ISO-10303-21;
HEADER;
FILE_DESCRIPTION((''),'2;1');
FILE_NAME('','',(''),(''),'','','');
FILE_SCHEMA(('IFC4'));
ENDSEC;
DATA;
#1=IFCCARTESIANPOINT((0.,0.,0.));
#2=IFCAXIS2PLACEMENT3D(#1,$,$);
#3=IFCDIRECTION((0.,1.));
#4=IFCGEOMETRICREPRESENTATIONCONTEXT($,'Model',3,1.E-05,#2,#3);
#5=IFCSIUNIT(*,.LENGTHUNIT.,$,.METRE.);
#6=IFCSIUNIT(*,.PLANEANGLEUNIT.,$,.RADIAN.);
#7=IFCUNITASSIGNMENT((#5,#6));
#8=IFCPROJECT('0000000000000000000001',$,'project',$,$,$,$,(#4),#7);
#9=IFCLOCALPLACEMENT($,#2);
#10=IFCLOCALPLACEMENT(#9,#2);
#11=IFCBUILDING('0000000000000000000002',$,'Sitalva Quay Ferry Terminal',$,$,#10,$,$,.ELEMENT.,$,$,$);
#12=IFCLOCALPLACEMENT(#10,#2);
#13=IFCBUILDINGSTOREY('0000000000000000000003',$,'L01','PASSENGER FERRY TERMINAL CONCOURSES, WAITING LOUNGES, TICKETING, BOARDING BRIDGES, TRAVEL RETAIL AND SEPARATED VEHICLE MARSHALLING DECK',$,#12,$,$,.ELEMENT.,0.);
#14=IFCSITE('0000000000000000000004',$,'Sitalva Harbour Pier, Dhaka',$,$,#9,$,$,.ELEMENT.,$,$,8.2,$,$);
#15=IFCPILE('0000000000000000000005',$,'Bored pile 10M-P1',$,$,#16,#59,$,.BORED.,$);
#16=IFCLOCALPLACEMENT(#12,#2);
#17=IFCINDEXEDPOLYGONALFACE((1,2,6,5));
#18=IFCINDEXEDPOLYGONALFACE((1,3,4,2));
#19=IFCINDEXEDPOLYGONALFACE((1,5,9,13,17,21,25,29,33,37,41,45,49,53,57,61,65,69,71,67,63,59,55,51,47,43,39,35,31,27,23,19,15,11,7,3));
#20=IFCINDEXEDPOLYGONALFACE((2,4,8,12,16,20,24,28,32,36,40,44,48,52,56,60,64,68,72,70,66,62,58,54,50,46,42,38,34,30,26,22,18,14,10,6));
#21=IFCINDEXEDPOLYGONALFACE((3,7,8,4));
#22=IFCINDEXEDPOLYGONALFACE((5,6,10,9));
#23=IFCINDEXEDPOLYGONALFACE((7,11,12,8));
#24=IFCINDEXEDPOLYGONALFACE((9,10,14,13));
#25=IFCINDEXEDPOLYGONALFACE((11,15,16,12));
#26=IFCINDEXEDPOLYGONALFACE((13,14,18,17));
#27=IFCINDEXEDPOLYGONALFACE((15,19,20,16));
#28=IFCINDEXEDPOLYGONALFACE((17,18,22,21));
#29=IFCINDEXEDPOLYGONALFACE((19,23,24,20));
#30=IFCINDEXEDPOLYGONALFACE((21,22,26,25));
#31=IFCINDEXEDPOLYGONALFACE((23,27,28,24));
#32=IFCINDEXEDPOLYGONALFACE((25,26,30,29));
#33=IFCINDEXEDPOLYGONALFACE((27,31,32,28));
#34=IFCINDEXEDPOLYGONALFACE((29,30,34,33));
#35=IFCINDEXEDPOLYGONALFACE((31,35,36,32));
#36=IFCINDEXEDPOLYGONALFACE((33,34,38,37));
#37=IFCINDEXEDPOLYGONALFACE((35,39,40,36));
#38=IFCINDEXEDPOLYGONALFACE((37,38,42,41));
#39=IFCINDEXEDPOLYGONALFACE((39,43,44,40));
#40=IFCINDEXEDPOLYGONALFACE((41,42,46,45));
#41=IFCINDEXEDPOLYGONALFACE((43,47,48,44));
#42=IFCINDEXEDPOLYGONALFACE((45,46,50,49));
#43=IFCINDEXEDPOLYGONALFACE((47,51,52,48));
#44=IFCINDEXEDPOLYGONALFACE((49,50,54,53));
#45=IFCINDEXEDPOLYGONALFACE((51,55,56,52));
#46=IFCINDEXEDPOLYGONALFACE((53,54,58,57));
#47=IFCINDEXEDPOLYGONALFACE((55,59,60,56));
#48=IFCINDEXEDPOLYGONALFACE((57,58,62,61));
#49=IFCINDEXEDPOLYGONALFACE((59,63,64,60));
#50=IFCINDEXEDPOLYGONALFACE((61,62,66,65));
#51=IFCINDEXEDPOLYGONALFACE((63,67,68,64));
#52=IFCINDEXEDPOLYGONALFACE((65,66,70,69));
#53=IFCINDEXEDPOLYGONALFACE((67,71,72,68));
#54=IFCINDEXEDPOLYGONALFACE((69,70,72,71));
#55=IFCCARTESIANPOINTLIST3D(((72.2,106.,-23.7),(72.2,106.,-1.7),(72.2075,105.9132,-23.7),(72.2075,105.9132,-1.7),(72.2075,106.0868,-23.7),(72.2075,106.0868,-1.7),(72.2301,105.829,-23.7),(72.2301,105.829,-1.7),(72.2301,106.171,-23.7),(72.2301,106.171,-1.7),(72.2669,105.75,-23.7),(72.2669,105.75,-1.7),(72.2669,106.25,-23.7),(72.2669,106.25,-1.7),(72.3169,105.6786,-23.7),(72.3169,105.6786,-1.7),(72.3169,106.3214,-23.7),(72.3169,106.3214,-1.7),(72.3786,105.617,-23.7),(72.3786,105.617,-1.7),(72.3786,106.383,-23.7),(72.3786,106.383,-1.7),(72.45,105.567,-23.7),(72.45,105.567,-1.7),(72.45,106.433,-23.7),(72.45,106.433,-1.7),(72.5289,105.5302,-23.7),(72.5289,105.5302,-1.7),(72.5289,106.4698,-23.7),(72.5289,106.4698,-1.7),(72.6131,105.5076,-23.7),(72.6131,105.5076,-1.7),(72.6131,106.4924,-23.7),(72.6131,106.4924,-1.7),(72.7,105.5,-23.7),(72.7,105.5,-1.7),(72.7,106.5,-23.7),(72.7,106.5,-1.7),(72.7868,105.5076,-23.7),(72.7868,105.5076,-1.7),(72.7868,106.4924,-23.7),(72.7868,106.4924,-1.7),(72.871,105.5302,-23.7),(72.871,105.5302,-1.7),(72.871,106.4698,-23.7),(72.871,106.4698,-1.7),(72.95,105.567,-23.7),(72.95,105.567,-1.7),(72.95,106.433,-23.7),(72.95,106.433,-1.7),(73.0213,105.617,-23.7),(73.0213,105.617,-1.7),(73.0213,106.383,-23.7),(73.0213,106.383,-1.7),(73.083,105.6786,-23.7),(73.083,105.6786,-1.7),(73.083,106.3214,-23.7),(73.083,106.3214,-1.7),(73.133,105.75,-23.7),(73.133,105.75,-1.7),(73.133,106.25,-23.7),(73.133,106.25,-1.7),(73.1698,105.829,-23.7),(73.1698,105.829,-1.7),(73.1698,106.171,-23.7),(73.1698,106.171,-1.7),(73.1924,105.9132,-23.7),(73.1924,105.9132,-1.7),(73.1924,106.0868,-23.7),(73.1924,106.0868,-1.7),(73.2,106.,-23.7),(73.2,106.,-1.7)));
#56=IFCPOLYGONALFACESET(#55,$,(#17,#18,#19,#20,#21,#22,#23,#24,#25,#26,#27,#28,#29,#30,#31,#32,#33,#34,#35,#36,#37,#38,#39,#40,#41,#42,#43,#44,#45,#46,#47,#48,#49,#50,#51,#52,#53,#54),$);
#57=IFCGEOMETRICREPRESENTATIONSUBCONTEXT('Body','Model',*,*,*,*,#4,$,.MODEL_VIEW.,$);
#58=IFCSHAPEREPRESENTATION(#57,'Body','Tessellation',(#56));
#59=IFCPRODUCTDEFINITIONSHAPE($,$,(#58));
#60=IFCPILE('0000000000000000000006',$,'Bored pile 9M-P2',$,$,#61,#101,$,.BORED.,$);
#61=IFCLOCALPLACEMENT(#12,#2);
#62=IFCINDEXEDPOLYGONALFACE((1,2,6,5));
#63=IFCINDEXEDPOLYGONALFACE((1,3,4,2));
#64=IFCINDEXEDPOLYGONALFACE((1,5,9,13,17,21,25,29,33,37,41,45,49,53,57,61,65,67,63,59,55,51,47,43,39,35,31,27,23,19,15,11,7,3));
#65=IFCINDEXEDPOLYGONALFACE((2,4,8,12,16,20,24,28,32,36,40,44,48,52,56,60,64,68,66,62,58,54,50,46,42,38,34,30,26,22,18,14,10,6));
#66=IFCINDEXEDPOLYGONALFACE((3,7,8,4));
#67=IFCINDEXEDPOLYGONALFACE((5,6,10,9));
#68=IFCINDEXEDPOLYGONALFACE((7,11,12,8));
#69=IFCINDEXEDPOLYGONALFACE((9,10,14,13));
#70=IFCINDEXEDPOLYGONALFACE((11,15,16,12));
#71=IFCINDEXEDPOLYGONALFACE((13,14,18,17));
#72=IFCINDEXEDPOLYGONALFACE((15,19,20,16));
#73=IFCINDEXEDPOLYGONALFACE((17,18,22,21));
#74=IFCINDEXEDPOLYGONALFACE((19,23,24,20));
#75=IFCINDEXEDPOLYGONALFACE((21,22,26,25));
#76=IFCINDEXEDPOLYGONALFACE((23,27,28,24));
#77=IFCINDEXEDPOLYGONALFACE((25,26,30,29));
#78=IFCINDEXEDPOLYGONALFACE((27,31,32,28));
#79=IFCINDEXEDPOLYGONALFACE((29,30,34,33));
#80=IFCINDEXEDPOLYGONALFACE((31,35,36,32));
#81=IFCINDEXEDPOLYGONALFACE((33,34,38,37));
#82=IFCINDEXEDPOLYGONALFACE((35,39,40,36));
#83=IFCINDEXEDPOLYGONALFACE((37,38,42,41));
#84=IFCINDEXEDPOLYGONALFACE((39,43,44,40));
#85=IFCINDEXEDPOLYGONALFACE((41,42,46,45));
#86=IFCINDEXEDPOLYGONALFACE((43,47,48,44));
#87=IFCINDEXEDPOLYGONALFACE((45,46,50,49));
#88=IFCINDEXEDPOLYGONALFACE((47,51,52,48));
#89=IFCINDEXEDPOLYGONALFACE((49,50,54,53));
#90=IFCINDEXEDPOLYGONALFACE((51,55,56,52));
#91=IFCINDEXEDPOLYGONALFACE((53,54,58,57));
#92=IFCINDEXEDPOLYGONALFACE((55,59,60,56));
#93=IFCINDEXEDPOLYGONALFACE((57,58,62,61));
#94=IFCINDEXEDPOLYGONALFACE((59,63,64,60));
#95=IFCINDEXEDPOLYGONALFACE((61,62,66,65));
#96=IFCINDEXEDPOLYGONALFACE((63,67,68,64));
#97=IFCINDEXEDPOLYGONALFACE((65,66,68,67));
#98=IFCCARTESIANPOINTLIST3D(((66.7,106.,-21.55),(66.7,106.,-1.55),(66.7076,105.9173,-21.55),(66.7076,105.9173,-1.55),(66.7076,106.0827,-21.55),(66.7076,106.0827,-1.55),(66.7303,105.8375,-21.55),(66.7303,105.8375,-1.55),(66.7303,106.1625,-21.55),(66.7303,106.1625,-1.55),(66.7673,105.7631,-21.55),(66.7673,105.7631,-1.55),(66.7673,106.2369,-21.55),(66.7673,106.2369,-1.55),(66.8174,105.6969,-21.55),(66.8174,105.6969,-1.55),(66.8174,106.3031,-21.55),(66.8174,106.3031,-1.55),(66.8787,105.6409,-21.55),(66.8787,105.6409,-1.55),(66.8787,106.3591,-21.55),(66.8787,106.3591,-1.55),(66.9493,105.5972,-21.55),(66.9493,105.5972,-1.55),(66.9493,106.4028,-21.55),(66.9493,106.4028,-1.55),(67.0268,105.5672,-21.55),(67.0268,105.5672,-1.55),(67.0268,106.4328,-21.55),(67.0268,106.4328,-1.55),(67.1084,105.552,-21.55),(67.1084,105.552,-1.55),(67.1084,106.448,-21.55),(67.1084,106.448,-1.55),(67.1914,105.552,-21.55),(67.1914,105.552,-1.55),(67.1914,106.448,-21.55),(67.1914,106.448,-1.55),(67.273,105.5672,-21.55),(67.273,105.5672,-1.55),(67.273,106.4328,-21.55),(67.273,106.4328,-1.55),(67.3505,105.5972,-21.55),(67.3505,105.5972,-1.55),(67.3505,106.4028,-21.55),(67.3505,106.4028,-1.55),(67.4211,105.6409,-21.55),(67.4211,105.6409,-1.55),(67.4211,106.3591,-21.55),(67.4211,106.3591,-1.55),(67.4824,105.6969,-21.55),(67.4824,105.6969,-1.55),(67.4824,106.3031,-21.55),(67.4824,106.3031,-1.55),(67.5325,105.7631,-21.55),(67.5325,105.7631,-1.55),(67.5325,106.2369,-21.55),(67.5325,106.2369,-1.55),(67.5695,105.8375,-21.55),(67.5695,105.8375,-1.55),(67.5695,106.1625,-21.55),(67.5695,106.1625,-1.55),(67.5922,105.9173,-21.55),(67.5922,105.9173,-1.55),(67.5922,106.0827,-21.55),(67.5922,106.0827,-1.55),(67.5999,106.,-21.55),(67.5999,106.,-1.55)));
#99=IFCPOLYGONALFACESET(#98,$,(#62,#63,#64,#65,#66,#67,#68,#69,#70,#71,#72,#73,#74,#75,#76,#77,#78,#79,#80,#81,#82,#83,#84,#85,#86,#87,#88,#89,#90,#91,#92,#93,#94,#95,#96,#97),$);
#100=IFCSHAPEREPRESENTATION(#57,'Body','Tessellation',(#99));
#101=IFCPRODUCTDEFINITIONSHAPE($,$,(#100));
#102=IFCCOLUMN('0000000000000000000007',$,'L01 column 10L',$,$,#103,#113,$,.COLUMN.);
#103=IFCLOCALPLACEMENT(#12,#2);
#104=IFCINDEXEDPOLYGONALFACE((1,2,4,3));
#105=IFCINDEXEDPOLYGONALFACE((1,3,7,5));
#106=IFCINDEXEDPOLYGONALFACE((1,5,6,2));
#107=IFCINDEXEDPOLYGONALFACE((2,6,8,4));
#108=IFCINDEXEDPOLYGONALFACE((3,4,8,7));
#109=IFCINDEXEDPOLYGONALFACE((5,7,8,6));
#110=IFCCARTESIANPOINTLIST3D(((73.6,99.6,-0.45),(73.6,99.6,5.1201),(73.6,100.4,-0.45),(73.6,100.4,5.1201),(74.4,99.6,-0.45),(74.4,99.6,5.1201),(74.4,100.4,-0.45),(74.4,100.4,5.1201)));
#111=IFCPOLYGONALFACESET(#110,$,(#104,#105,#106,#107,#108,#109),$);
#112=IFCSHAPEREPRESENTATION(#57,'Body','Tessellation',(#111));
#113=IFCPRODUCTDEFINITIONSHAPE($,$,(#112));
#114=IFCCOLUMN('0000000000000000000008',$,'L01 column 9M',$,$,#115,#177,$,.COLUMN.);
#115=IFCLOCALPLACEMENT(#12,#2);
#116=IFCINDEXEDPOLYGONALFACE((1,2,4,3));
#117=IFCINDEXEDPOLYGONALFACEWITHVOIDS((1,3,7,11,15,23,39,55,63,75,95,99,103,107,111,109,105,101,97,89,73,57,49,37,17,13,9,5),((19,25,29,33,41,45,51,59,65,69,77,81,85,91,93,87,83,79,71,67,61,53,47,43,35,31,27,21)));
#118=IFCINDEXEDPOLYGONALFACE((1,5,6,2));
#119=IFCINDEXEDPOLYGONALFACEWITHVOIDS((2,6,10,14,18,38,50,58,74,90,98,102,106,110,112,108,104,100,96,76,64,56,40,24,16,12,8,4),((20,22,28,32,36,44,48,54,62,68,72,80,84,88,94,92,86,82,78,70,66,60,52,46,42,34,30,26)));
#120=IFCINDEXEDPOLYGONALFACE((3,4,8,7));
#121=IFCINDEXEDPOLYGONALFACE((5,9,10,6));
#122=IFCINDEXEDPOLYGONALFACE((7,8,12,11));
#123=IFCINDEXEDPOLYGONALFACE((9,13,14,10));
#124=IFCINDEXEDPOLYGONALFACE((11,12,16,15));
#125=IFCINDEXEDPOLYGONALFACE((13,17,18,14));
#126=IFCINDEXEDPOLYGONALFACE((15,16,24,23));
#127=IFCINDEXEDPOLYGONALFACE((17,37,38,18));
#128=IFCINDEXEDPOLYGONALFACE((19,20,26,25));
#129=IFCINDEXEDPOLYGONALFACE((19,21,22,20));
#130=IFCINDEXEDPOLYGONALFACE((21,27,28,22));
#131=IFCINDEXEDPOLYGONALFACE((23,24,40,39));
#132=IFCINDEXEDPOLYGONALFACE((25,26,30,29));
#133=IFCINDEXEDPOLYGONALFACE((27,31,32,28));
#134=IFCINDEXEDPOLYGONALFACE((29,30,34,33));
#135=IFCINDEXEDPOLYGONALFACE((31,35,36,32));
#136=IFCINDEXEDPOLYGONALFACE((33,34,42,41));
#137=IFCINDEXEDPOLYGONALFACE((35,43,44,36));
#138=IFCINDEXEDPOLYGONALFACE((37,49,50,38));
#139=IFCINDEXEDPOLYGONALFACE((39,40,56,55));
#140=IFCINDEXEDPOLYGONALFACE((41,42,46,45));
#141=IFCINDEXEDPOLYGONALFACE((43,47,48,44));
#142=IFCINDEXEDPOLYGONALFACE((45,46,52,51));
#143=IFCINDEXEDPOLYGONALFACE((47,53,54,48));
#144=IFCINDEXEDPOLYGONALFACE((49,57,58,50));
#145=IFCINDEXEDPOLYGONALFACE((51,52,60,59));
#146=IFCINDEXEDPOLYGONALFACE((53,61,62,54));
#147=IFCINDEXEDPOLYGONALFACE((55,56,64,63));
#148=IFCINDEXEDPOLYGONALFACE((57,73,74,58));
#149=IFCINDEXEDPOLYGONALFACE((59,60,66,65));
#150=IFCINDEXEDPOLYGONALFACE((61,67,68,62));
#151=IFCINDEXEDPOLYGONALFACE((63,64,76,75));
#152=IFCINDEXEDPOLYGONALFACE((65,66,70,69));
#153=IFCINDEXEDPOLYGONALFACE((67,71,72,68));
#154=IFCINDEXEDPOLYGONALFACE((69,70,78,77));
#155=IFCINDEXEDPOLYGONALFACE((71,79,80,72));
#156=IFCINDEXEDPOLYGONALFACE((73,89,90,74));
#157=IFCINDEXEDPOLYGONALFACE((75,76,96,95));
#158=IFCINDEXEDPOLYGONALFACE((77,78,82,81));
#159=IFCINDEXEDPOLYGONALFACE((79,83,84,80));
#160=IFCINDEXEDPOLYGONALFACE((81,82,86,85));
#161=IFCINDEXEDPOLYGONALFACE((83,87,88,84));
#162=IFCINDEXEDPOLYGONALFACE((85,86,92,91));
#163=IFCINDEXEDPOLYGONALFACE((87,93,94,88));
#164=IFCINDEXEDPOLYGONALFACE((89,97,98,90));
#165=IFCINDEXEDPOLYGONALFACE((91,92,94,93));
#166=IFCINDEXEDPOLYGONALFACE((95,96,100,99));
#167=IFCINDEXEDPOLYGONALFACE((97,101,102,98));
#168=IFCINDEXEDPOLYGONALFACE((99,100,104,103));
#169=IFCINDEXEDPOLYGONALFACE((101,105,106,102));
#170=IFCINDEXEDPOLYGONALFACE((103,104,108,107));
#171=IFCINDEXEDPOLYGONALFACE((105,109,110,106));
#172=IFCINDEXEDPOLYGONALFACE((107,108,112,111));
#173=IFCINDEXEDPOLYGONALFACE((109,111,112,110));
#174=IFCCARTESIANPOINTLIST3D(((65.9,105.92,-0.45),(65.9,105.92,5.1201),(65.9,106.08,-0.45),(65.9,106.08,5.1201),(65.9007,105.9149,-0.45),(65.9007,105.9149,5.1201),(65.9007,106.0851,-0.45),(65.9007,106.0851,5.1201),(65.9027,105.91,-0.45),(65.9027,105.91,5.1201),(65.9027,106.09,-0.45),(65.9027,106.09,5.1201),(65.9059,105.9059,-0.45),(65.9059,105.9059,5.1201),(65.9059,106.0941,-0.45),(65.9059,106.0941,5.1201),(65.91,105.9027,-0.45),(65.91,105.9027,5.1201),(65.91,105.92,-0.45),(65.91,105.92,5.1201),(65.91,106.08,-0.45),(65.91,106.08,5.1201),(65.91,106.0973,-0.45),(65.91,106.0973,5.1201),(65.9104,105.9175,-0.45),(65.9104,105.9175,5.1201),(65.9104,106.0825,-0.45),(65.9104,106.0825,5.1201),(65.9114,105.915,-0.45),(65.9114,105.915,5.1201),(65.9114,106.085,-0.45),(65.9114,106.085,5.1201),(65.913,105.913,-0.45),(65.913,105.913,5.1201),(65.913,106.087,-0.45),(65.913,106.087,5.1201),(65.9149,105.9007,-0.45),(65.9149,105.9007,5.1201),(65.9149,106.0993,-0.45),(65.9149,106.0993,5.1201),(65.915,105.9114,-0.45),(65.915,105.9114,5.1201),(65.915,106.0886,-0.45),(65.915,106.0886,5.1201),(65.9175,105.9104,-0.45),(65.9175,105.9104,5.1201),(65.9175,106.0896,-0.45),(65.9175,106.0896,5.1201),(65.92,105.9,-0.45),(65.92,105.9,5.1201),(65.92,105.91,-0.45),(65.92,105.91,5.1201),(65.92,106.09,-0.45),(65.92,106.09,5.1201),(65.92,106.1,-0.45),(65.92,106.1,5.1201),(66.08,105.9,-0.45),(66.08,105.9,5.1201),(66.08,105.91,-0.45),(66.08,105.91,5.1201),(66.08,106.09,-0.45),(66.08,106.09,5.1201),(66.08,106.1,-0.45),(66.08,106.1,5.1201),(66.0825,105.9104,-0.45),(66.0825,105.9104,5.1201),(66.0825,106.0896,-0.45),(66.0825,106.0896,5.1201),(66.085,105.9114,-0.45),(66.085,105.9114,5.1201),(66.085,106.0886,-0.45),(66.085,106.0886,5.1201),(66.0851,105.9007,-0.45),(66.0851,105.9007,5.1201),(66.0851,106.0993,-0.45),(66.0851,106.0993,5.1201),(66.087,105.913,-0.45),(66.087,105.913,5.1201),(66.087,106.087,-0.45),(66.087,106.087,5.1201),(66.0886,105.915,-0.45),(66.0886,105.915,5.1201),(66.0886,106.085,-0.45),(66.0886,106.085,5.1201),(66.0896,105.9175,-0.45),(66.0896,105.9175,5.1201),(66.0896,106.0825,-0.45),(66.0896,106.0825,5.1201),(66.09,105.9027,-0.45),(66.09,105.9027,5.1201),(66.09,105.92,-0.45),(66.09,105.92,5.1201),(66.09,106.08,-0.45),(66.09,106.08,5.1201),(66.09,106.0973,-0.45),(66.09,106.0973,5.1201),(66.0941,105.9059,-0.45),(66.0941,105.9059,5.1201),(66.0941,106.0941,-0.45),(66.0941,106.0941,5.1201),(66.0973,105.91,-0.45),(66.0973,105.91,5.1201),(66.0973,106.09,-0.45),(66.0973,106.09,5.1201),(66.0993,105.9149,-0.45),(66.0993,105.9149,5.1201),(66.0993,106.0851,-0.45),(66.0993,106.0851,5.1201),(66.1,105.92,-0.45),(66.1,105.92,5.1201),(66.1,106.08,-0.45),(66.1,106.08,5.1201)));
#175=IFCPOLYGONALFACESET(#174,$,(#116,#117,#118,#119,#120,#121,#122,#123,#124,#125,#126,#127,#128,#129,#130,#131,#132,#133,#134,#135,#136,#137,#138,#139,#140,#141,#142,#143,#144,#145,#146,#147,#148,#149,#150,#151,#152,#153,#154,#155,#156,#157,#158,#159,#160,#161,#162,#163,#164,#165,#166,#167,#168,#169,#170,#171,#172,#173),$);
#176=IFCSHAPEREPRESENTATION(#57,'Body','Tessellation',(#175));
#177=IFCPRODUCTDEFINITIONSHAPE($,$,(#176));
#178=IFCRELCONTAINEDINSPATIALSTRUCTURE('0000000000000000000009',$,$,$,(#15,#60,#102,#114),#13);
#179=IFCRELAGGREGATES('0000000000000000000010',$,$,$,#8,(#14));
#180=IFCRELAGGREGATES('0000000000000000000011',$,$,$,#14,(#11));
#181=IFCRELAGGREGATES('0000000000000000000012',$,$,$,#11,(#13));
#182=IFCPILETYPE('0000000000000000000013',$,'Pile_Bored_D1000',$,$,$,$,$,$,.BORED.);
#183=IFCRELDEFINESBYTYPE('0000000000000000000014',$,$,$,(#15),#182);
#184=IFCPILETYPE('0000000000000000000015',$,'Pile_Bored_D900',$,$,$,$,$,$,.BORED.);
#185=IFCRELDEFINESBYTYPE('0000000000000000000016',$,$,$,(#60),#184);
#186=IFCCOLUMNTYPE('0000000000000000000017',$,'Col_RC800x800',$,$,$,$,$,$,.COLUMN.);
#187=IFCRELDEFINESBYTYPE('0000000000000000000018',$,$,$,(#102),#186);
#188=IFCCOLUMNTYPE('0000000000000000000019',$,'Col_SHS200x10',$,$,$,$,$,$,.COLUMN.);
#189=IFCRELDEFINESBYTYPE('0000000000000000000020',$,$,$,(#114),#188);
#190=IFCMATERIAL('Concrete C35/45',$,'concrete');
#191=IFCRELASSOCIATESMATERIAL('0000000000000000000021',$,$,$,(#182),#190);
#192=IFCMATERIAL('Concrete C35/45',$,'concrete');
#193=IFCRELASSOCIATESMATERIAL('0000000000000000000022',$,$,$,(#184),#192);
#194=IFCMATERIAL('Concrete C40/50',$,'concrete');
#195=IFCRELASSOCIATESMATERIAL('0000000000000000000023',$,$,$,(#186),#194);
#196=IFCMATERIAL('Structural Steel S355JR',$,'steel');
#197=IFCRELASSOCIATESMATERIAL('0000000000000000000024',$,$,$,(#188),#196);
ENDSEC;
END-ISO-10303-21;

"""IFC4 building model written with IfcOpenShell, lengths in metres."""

from ifc_helpers import new_model, si_unit, direction, frame, origin, origin_2d, place, context, subcontext, project, spatial, rectangle, hollow_rectangle, circle, extrude, material, material_profile, profile_set, type_object, element, save


model = new_model("IFC4")

# Units and contexts
model_context = context("Model", 3, precision=1e-05, world=origin(), true_north=direction((0.0, 1.0)))
body_context = subcontext(model_context, "Body", "Model", "MODEL_VIEW")
ifc_project = project(units=[si_unit("LENGTHUNIT", "METRE"), si_unit("PLANEANGLEUNIT", "RADIAN")], contexts=[model_context])

# Site, building, storey
site_placement = place(None, origin())
site = spatial("IfcSite", under=ifc_project, at=site_placement, Name="Sitalva Harbour Pier, Dhaka", CompositionType="ELEMENT", RefElevation=8.2)
building_placement = place(site_placement, origin())
building = spatial("IfcBuilding", under=site, at=building_placement, Name="Sitalva Quay Ferry Terminal", CompositionType="ELEMENT")
storey_placement = place(building_placement, origin())
storey = spatial("IfcBuildingStorey", under=building, at=storey_placement, Name="L01", Description="PASSENGER FERRY TERMINAL CONCOURSES, WAITING LOUNGES, TICKETING, BOARDING BRIDGES, TRAVEL RETAIL AND SEPARATED VEHICLE MARSHALLING DECK", CompositionType="ELEMENT", Elevation=0.0)

# Piles
ifc_material_1 = material(Name="Concrete C35/45", Category="concrete")
ifc_material_profile_1 = material_profile(ifc_material_1, circle(Radius=0.5, at=origin_2d()), Name="PILE-D1000")
ifc_profile_set_1 = profile_set([ifc_material_profile_1], Name="Concrete C35/45")
pile_type_1 = type_object("IfcPileType", Name="Pile_Bored_D1000", PredefinedType="BORED", material=ifc_profile_set_1)
for number, where, z_axis, x_axis, name in (
    (1, (72.7, 106.0, -1.7), (0.0, 0.0, -1.0), (1.0, 0.0, 0.0), "Bored pile 10M-P1"),
):
    element("IfcPile", number, at=place(storey_placement, frame(where, z_axis=z_axis, x_axis=x_axis)), inside=storey, type_object=pile_type_1, Name=name, PredefinedType="BORED", context=body_context, shape_type="SweptSolid", body=[
        extrude(circle(Radius=0.5, at=origin_2d()), origin(), (0.0, 0.0, 1.0), 22.0),
    ])
ifc_material_2 = material(Name="Concrete C35/45", Category="concrete")
ifc_material_profile_2 = material_profile(ifc_material_2, circle(Radius=0.45, at=origin_2d()), Name="PILE-D900")
ifc_profile_set_2 = profile_set([ifc_material_profile_2], Name="Concrete C35/45")
pile_type_2 = type_object("IfcPileType", Name="Pile_Bored_D900", PredefinedType="BORED", material=ifc_profile_set_2)
pile_placement = place(storey_placement, frame((67.1499, 106.0, -1.55), z_axis=(0.0, 0.0, -1.0), x_axis=(1.0, 0.0, 0.0)))
element("IfcPile", 2, at=pile_placement, inside=storey, type_object=pile_type_2, Name="Bored pile 9M-P2", PredefinedType="BORED", context=body_context, shape_type="SweptSolid", body=[
    extrude(circle(Radius=0.45, at=origin_2d()), origin(), (0.0, 0.0, 1.0), 20.0),
])

# Columns
ifc_material_3 = material(Name="Concrete C40/50", Category="concrete")
ifc_material_profile_3 = material_profile(ifc_material_3, rectangle(XDim=0.8, YDim=0.8, at=origin_2d()), Name="RC800x800")
ifc_profile_set_3 = profile_set([ifc_material_profile_3], Name="Concrete C40/50")
column_type_1 = type_object("IfcColumnType", Name="Col_RC800x800", PredefinedType="COLUMN", material=ifc_profile_set_3)
column_1_placement = place(storey_placement, frame((74.0, 100.0, -0.45), z_axis=(0.0, 0.0, 1.0), x_axis=(1.0, 0.0, 0.0)))
element("IfcColumn", 3, at=column_1_placement, inside=storey, type_object=column_type_1, Name="L01 column 10L", PredefinedType="COLUMN", context=body_context, shape_type="SweptSolid", body=[
    extrude(rectangle(XDim=0.8, YDim=0.8, at=origin_2d()), origin(), (0.0, 0.0, 1.0), 5.5701),
])
ifc_material_4 = material(Name="Structural Steel S355JR", Category="steel")
ifc_material_profile_4 = material_profile(ifc_material_4, hollow_rectangle(XDim=0.2, YDim=0.2, WallThickness=0.01, InnerFilletRadius=0.01, OuterFilletRadius=0.02, at=origin_2d()), Name="SHS200x200x10")
ifc_profile_set_4 = profile_set([ifc_material_profile_4], Name="Structural Steel S355JR")
column_type_2 = type_object("IfcColumnType", Name="Col_SHS200x10", PredefinedType="COLUMN", material=ifc_profile_set_4)
column_2_placement = place(storey_placement, frame((66.0, 106.0, -0.45), z_axis=(0.0, 0.0, 1.0), x_axis=(1.0, 0.0, 0.0)))
element("IfcColumn", 4, at=column_2_placement, inside=storey, type_object=column_type_2, Name="L01 column 9M", PredefinedType="COLUMN", context=body_context, shape_type="SweptSolid", body=[
    extrude(hollow_rectangle(XDim=0.2, YDim=0.2, WallThickness=0.01, InnerFilletRadius=0.01, OuterFilletRadius=0.02, at=origin_2d()), origin(), (0.0, 0.0, 1.0), 5.5701),
])

save(model, "model.ifc")
